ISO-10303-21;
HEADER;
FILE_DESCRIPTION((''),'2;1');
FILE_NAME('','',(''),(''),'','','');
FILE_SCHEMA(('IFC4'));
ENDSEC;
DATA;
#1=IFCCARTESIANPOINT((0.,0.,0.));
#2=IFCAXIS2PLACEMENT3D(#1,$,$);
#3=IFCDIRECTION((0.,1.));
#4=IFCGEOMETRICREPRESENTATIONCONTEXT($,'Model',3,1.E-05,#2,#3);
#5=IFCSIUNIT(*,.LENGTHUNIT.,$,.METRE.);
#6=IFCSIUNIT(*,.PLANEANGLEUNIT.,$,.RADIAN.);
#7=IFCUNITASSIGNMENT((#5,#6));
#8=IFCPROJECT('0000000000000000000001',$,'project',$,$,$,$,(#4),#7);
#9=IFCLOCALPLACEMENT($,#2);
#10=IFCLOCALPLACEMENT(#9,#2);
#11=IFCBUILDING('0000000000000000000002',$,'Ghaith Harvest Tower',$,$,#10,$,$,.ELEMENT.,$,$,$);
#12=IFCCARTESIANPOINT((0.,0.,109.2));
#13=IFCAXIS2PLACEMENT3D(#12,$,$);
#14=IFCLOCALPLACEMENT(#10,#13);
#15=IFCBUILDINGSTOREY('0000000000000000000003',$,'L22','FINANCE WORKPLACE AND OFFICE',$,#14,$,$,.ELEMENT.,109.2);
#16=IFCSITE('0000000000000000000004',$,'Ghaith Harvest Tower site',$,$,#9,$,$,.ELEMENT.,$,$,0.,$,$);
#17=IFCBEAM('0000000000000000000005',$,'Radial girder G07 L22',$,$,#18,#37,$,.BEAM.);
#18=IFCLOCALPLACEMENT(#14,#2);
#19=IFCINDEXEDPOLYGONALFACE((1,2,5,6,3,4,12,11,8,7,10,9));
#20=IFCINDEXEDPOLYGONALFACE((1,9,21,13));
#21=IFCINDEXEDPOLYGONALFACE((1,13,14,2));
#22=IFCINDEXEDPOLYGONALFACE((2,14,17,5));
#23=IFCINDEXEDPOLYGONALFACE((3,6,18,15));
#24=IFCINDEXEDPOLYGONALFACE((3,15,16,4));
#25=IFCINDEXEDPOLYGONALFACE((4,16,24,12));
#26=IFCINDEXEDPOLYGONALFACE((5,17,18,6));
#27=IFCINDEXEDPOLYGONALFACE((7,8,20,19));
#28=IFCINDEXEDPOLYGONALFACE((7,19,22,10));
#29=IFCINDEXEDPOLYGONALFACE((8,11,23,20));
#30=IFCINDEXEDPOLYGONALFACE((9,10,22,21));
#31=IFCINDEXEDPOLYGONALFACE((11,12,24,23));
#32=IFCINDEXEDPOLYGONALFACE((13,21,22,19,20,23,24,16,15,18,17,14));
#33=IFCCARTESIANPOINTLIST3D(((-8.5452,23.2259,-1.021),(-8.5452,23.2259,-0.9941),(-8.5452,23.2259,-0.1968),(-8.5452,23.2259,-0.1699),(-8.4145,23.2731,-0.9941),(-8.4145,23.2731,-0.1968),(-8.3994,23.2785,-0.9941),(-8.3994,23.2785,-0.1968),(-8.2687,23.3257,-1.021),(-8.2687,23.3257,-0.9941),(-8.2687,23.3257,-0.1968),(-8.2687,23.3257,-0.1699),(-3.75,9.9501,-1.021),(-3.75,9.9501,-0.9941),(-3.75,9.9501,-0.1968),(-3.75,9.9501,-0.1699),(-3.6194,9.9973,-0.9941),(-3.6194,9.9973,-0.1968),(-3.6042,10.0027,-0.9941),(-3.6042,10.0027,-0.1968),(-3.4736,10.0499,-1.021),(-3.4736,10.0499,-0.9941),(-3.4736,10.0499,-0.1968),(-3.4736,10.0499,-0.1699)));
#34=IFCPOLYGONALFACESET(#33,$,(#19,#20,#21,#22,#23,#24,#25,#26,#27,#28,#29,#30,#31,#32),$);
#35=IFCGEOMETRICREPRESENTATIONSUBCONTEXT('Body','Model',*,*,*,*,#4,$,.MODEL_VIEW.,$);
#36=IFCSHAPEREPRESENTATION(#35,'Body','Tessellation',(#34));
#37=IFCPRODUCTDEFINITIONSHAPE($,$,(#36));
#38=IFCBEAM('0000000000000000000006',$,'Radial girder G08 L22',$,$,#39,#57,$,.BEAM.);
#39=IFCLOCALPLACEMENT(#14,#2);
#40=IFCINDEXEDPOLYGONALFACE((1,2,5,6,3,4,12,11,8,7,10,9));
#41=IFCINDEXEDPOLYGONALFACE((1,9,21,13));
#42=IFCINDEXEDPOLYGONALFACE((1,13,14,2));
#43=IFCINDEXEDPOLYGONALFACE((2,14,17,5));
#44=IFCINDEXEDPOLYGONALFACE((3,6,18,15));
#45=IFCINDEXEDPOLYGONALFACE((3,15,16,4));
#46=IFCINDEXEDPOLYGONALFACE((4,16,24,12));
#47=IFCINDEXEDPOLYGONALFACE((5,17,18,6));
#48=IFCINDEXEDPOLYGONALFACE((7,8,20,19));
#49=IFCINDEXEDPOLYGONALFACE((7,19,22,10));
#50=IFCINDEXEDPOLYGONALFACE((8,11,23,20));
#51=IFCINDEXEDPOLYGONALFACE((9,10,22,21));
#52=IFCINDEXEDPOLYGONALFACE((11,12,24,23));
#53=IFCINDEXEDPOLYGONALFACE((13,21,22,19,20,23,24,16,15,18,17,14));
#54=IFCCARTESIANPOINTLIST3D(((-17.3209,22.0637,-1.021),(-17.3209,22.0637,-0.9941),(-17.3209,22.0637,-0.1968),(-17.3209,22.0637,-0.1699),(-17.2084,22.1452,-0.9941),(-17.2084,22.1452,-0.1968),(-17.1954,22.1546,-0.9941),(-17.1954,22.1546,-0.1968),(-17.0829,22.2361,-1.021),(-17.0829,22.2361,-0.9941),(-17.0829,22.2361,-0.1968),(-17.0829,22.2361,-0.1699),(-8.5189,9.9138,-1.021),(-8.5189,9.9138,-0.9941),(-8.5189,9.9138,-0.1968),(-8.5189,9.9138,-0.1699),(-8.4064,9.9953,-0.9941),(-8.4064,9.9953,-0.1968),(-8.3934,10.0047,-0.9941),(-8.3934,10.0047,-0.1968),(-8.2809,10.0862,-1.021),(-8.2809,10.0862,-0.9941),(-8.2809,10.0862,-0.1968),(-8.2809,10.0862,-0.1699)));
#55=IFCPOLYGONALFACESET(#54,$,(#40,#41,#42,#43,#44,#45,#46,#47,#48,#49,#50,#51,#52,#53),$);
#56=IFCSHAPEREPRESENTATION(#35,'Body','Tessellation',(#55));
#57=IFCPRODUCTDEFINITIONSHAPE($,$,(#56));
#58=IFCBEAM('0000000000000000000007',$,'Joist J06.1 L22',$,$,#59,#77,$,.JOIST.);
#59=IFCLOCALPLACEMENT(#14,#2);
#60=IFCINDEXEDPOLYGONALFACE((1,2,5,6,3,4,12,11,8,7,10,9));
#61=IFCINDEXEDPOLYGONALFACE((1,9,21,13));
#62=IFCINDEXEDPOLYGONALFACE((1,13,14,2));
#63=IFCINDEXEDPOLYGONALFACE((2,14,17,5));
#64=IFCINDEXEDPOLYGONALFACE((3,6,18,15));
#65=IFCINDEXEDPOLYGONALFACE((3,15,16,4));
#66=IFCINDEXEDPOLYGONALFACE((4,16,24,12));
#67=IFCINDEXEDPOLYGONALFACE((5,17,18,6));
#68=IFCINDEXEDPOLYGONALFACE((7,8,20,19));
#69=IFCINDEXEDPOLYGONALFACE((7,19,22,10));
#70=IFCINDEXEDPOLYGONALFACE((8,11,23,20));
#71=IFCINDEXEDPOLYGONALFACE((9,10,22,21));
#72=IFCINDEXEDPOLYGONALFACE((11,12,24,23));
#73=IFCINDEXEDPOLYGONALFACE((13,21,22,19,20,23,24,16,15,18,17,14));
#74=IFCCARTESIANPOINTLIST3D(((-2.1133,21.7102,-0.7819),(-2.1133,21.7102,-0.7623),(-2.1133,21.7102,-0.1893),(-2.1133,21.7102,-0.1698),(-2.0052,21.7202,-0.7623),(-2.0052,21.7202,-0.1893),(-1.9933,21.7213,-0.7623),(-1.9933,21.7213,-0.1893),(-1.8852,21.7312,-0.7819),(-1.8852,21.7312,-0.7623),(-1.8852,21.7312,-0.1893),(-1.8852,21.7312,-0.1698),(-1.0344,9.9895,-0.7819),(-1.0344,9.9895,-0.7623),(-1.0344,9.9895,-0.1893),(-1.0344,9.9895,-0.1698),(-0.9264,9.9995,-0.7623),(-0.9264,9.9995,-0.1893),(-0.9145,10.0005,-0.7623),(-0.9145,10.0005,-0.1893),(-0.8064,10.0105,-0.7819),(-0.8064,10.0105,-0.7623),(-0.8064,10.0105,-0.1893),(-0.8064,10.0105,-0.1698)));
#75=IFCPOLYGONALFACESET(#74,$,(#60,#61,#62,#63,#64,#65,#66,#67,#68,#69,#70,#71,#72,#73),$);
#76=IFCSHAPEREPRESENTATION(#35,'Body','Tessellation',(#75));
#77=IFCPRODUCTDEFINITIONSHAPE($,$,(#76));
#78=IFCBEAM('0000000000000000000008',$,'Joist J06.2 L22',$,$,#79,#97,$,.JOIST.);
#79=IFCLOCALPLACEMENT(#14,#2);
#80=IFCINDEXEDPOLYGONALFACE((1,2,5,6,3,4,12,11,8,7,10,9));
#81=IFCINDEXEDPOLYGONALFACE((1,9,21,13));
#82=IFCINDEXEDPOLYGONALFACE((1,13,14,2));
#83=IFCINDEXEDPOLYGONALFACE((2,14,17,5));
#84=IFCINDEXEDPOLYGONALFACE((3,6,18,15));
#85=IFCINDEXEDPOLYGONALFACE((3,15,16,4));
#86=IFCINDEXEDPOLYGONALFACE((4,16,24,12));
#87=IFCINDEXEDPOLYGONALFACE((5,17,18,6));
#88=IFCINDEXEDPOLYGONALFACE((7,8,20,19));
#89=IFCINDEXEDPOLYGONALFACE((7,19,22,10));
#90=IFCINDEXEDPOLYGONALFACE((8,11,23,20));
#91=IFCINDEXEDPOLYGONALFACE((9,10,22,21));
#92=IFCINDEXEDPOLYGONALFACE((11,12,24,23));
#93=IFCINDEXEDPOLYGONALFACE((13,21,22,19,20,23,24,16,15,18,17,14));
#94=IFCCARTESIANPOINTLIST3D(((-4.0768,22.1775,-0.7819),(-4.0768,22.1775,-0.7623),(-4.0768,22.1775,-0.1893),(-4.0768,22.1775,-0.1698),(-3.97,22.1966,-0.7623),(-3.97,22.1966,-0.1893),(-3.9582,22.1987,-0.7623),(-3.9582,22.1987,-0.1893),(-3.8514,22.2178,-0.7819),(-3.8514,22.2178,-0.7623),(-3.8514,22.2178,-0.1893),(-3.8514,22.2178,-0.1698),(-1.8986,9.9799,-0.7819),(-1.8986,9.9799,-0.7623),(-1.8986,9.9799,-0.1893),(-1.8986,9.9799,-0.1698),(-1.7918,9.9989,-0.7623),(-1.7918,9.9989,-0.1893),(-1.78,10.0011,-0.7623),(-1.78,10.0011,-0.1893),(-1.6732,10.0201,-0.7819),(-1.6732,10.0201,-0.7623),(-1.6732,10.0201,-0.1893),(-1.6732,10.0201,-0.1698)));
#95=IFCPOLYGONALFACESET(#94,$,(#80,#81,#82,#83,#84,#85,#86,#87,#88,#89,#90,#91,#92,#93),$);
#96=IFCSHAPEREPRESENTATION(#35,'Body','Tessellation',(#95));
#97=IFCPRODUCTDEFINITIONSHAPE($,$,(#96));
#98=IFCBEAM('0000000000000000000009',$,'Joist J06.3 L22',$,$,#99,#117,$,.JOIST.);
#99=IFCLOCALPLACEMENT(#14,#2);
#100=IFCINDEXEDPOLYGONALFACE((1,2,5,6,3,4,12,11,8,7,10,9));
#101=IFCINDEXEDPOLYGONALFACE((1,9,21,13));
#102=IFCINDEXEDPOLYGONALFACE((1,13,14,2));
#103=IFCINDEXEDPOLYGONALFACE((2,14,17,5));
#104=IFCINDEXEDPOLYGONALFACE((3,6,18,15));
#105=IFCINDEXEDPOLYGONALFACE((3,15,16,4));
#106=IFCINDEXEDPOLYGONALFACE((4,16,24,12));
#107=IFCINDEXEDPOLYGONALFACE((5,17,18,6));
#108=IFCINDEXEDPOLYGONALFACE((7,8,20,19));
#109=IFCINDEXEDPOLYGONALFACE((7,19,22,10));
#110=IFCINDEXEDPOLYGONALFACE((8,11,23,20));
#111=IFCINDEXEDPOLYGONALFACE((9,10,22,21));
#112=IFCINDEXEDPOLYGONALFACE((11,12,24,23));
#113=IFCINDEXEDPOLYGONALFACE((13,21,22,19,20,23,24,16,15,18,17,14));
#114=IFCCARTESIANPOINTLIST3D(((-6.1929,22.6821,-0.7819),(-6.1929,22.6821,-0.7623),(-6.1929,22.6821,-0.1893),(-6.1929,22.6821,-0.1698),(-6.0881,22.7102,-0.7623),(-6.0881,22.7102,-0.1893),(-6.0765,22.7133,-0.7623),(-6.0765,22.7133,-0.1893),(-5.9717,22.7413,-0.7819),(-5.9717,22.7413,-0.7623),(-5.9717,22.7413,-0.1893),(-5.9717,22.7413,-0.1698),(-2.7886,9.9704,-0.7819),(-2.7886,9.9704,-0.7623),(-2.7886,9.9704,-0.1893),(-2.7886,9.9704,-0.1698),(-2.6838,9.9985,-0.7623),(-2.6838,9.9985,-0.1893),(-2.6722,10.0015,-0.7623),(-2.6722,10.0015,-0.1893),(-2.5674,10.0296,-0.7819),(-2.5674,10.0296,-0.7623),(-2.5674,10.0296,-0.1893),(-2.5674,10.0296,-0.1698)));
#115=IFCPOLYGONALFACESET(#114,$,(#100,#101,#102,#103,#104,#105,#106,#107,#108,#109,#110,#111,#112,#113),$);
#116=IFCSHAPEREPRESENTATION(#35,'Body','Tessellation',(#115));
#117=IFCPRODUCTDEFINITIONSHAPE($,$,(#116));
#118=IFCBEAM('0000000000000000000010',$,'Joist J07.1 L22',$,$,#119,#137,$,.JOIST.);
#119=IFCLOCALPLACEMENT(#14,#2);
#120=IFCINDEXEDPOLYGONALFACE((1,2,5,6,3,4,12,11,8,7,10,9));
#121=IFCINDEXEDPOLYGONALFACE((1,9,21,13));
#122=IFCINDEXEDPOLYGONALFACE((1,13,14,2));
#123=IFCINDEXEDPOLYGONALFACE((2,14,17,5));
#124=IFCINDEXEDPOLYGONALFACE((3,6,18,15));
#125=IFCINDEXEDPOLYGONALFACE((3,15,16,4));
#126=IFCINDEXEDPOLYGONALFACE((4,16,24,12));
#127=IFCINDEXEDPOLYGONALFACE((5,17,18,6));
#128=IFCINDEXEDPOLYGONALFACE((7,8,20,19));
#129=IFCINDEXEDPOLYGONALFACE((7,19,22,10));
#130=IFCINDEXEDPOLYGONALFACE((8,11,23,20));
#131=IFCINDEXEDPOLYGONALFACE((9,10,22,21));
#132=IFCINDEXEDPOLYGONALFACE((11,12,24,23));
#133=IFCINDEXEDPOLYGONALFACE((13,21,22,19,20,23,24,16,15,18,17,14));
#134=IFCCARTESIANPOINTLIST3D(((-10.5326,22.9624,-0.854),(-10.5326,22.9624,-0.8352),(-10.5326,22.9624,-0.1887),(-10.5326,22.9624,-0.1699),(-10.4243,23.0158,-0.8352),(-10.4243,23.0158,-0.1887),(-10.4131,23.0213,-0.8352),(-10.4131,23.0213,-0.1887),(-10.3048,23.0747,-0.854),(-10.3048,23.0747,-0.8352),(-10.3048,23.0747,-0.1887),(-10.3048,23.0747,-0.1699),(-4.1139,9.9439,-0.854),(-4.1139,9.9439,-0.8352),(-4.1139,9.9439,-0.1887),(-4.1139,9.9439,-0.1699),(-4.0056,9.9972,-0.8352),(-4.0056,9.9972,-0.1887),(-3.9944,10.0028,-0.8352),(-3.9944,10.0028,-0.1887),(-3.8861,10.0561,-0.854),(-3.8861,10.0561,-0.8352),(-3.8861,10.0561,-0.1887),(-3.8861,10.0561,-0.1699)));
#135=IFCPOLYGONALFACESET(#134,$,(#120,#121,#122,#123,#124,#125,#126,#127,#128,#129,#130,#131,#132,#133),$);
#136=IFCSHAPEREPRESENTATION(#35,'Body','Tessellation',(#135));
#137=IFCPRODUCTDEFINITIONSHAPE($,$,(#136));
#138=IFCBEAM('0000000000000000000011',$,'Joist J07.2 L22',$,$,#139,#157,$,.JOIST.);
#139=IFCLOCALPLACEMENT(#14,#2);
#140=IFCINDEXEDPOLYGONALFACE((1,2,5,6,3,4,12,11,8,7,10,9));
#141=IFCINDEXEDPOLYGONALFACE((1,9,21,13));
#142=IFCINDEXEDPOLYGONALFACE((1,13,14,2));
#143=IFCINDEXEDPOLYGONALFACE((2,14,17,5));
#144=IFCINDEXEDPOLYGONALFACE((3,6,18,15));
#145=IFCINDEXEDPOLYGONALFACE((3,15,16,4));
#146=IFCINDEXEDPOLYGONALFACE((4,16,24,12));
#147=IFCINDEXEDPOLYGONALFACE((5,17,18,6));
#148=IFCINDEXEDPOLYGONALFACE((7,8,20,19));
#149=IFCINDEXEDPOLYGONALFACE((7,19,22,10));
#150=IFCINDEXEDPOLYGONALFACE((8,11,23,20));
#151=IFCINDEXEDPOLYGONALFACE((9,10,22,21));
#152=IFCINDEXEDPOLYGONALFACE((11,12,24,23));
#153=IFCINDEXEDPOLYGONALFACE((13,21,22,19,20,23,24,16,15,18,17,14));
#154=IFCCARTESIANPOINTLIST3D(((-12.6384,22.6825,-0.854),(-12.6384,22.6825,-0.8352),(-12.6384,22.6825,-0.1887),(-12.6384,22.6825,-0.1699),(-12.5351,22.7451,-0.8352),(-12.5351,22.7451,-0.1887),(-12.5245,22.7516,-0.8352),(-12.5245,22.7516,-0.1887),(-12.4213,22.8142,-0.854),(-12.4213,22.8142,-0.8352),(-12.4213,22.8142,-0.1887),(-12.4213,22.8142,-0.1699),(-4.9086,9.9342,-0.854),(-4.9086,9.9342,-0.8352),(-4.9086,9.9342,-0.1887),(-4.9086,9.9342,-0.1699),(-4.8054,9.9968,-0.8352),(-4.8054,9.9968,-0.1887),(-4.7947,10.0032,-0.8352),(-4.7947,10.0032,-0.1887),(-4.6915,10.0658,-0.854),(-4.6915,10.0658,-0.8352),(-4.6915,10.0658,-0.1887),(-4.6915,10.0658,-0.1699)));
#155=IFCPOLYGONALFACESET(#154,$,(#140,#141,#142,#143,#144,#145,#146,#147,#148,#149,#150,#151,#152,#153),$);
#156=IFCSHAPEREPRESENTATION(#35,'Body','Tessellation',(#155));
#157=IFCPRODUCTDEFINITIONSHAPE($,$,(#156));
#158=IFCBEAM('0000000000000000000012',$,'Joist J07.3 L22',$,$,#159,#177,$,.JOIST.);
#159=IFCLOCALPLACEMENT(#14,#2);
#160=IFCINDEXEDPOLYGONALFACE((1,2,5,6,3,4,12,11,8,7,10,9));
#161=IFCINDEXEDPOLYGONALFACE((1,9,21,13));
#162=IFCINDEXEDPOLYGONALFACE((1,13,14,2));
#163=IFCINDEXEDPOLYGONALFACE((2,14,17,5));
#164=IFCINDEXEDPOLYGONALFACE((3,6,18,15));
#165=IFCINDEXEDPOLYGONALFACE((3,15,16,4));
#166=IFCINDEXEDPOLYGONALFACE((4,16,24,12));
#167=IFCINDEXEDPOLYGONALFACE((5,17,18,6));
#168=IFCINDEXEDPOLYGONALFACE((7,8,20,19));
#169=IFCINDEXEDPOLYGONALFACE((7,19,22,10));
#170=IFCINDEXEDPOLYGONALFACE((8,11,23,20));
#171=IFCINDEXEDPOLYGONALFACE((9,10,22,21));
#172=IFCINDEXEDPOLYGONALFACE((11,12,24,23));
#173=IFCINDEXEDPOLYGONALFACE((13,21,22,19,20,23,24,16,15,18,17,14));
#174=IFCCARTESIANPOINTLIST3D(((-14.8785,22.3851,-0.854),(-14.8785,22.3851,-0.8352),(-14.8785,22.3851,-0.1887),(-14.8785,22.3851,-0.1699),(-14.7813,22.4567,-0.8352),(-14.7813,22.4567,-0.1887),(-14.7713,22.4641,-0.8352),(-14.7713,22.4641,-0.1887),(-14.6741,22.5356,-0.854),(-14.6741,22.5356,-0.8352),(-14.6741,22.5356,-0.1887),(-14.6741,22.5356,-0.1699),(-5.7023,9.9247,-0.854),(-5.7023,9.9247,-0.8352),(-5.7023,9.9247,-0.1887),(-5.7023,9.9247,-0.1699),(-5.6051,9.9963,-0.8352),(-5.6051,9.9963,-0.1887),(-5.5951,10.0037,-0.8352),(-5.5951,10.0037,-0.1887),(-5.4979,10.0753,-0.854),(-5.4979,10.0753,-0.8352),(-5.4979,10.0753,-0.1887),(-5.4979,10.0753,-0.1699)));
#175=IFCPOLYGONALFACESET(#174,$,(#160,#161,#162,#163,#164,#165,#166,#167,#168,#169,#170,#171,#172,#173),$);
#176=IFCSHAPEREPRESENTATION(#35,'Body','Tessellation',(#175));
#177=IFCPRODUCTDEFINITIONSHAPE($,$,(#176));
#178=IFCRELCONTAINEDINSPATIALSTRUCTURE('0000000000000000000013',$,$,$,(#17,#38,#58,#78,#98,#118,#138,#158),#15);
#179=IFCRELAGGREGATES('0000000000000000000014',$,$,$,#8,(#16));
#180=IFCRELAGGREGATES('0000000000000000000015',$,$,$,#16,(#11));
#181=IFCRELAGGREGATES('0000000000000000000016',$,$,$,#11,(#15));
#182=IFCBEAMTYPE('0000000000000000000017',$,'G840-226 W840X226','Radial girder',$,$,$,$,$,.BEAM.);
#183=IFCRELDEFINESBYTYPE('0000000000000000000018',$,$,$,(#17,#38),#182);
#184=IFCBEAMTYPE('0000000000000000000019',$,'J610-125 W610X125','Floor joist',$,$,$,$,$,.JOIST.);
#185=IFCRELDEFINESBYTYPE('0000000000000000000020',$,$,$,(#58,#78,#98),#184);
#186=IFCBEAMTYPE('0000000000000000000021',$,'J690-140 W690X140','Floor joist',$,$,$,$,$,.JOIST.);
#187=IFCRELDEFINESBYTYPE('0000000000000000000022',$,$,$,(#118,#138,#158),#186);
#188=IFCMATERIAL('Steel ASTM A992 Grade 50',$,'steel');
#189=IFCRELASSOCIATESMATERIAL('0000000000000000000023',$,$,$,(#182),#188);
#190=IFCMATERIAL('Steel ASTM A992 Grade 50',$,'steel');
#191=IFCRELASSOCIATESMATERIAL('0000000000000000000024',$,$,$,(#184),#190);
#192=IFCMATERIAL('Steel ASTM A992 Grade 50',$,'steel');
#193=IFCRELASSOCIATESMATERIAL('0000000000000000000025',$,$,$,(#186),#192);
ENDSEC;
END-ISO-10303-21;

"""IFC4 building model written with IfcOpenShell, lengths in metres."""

from ifc_helpers import new_model, si_unit, direction, frame, origin, origin_2d, place, context, subcontext, project, spatial, i_section, extrude, material, material_profile, profile_set, type_object, element, save


model = new_model("IFC4")

# Units and contexts
model_context = context("Model", 3, precision=1e-05, world=origin(), true_north=direction((0.0, 1.0)))
body_context = subcontext(model_context, "Body", "Model", "MODEL_VIEW")
ifc_project = project(units=[si_unit("LENGTHUNIT", "METRE"), si_unit("PLANEANGLEUNIT", "RADIAN")], contexts=[model_context])

# Site, building, storey
site_placement = place(None, origin())
site = spatial("IfcSite", under=ifc_project, at=site_placement, Name="Ghaith Harvest Tower site", CompositionType="ELEMENT", RefElevation=0.0)
building_placement = place(site_placement, origin())
building = spatial("IfcBuilding", under=site, at=building_placement, Name="Ghaith Harvest Tower", CompositionType="ELEMENT")
storey_placement = place(building_placement, frame((0.0, 0.0, 109.2)))
storey = spatial("IfcBuildingStorey", under=building, at=storey_placement, Name="L22", Description="FINANCE WORKPLACE AND OFFICE", CompositionType="ELEMENT", Elevation=109.2)

# Beams
ifc_material_1 = material(Name="Steel ASTM A992 Grade 50", Category="steel")
ifc_material_profile_1 = material_profile(ifc_material_1, i_section(OverallWidth=0.2939, OverallDepth=0.8511, WebThickness=0.0161, FlangeThickness=0.0269, at=origin_2d()), Name="W840X226")
ifc_profile_set_1 = profile_set([ifc_material_profile_1], Name="Steel ASTM A992 Grade 50")
beam_type_1 = type_object("IfcBeamType", Name="G840-226 W840X226", Description="Radial girder", PredefinedType="BEAM", material=ifc_profile_set_1)
beam_1_placement = place(storey_placement, frame((-3.6118, 10.0, -0.5955), z_axis=(-0.339713, 0.940529, 0.0), x_axis=(-0.940529, -0.339713, 0.0)))
element("IfcBeam", 1, at=beam_1_placement, inside=storey, type_object=beam_type_1, Name="Radial girder G07 L22", PredefinedType="BEAM", context=body_context, shape_type="SweptSolid", body=[
    extrude(i_section(OverallWidth=0.2939, OverallDepth=0.8511, WebThickness=0.0161, FlangeThickness=0.0269, at=origin_2d()), origin(), (0.0, 0.0, 1.0), 14.1152),
])
beam_2_placement = place(storey_placement, frame((-8.3999, 10.0, -0.5955), z_axis=(-0.586676, 0.809822, 0.0), x_axis=(-0.809822, -0.586676, 0.0)))
element("IfcBeam", 2, at=beam_2_placement, inside=storey, type_object=beam_type_1, Name="Radial girder G08 L22", PredefinedType="BEAM", context=body_context, shape_type="SweptSolid", body=[
    extrude(i_section(OverallWidth=0.2939, OverallDepth=0.8511, WebThickness=0.0161, FlangeThickness=0.0269, at=origin_2d()), origin(), (0.0, 0.0, 1.0), 15.0032),
])
ifc_material_2 = material(Name="Steel ASTM A992 Grade 50", Category="steel")
ifc_material_profile_2 = material_profile(ifc_material_2, i_section(OverallWidth=0.229, OverallDepth=0.6121, WebThickness=0.012, FlangeThickness=0.0195, at=origin_2d()), Name="W610X125")
ifc_profile_set_2 = profile_set([ifc_material_profile_2], Name="Steel ASTM A992 Grade 50")
beam_type_2 = type_object("IfcBeamType", Name="J610-125 W610X125", Description="Floor joist", PredefinedType="JOIST", material=ifc_profile_set_2)
beam_3_placement = place(storey_placement, frame((-0.9204, 10.0, -0.4758), z_axis=(-0.09166, 0.99579, 0.0), x_axis=(-0.99579, -0.09166, 0.0)))
element("IfcBeam", 3, at=beam_3_placement, inside=storey, type_object=beam_type_2, Name="Joist J06.1 L22", PredefinedType="JOIST", context=body_context, shape_type="SweptSolid", body=[
    extrude(i_section(OverallWidth=0.229, OverallDepth=0.6121, WebThickness=0.012, FlangeThickness=0.0195, at=origin_2d()), origin(), (0.0, 0.0, 1.0), 11.7703),
])
beam_4_placement = place(storey_placement, frame((-1.7859, 10.0, -0.4758), z_axis=(-0.175795, 0.984427, 0.0), x_axis=(-0.984427, -0.175795, 0.0)))
element("IfcBeam", 4, at=beam_4_placement, inside=storey, type_object=beam_type_2, Name="Joist J06.2 L22", PredefinedType="JOIST", context=body_context, shape_type="SweptSolid", body=[
    extrude(i_section(OverallWidth=0.229, OverallDepth=0.6121, WebThickness=0.012, FlangeThickness=0.0195, at=origin_2d()), origin(), (0.0, 0.0, 1.0), 12.3906),
])
beam_5_placement = place(storey_placement, frame((-2.678, 10.0, -0.4758), z_axis=(-0.258693, 0.96596, 0.0), x_axis=(-0.96596, -0.258693, 0.0)))
element("IfcBeam", 5, at=beam_5_placement, inside=storey, type_object=beam_type_2, Name="Joist J06.3 L22", PredefinedType="JOIST", context=body_context, shape_type="SweptSolid", body=[
    extrude(i_section(OverallWidth=0.229, OverallDepth=0.6121, WebThickness=0.012, FlangeThickness=0.0195, at=origin_2d()), origin(), (0.0, 0.0, 1.0), 13.1597),
])
ifc_material_3 = material(Name="Steel ASTM A992 Grade 50", Category="steel")
ifc_material_profile_3 = material_profile(ifc_material_3, i_section(OverallWidth=0.2539, OverallDepth=0.6841, WebThickness=0.0125, FlangeThickness=0.0188, at=origin_2d()), Name="W690X140")
ifc_profile_set_3 = profile_set([ifc_material_profile_3], Name="Steel ASTM A992 Grade 50")
beam_type_3 = type_object("IfcBeamType", Name="J690-140 W690X140", Description="Floor joist", PredefinedType="JOIST", material=ifc_profile_set_3)
beam_6_placement = place(storey_placement, frame((-4.0, 10.0, -0.512), z_axis=(-0.442214, 0.896909, 0.0), x_axis=(-0.896909, -0.442214, 0.0)))
element("IfcBeam", 6, at=beam_6_placement, inside=storey, type_object=beam_type_3, Name="Joist J07.1 L22", PredefinedType="JOIST", context=body_context, shape_type="SweptSolid", body=[
    extrude(i_section(OverallWidth=0.2539, OverallDepth=0.6841, WebThickness=0.0125, FlangeThickness=0.0188, at=origin_2d()), origin(), (0.0, 0.0, 1.0), 14.5149),
])
beam_7_placement = place(storey_placement, frame((-4.8, 10.0, -0.512), z_axis=(-0.518473, 0.855094, 0.0), x_axis=(-0.855094, -0.518473, 0.0)))
element("IfcBeam", 7, at=beam_7_placement, inside=storey, type_object=beam_type_3, Name="Joist J07.2 L22", PredefinedType="JOIST", context=body_context, shape_type="SweptSolid", body=[
    extrude(i_section(OverallWidth=0.2539, OverallDepth=0.6841, WebThickness=0.0125, FlangeThickness=0.0188, at=origin_2d()), origin(), (0.0, 0.0, 1.0), 14.9087),
])
beam_8_placement = place(storey_placement, frame((-5.6001, 10.0, -0.512), z_axis=(-0.592985, 0.805214, 0.0), x_axis=(-0.805214, -0.592985, 0.0)))
element("IfcBeam", 8, at=beam_8_placement, inside=storey, type_object=beam_type_3, Name="Joist J07.3 L22", PredefinedType="JOIST", context=body_context, shape_type="SweptSolid", body=[
    extrude(i_section(OverallWidth=0.2539, OverallDepth=0.6841, WebThickness=0.0125, FlangeThickness=0.0188, at=origin_2d()), origin(), (0.0, 0.0, 1.0), 15.4746),
])

save(model, "model.ifc")
